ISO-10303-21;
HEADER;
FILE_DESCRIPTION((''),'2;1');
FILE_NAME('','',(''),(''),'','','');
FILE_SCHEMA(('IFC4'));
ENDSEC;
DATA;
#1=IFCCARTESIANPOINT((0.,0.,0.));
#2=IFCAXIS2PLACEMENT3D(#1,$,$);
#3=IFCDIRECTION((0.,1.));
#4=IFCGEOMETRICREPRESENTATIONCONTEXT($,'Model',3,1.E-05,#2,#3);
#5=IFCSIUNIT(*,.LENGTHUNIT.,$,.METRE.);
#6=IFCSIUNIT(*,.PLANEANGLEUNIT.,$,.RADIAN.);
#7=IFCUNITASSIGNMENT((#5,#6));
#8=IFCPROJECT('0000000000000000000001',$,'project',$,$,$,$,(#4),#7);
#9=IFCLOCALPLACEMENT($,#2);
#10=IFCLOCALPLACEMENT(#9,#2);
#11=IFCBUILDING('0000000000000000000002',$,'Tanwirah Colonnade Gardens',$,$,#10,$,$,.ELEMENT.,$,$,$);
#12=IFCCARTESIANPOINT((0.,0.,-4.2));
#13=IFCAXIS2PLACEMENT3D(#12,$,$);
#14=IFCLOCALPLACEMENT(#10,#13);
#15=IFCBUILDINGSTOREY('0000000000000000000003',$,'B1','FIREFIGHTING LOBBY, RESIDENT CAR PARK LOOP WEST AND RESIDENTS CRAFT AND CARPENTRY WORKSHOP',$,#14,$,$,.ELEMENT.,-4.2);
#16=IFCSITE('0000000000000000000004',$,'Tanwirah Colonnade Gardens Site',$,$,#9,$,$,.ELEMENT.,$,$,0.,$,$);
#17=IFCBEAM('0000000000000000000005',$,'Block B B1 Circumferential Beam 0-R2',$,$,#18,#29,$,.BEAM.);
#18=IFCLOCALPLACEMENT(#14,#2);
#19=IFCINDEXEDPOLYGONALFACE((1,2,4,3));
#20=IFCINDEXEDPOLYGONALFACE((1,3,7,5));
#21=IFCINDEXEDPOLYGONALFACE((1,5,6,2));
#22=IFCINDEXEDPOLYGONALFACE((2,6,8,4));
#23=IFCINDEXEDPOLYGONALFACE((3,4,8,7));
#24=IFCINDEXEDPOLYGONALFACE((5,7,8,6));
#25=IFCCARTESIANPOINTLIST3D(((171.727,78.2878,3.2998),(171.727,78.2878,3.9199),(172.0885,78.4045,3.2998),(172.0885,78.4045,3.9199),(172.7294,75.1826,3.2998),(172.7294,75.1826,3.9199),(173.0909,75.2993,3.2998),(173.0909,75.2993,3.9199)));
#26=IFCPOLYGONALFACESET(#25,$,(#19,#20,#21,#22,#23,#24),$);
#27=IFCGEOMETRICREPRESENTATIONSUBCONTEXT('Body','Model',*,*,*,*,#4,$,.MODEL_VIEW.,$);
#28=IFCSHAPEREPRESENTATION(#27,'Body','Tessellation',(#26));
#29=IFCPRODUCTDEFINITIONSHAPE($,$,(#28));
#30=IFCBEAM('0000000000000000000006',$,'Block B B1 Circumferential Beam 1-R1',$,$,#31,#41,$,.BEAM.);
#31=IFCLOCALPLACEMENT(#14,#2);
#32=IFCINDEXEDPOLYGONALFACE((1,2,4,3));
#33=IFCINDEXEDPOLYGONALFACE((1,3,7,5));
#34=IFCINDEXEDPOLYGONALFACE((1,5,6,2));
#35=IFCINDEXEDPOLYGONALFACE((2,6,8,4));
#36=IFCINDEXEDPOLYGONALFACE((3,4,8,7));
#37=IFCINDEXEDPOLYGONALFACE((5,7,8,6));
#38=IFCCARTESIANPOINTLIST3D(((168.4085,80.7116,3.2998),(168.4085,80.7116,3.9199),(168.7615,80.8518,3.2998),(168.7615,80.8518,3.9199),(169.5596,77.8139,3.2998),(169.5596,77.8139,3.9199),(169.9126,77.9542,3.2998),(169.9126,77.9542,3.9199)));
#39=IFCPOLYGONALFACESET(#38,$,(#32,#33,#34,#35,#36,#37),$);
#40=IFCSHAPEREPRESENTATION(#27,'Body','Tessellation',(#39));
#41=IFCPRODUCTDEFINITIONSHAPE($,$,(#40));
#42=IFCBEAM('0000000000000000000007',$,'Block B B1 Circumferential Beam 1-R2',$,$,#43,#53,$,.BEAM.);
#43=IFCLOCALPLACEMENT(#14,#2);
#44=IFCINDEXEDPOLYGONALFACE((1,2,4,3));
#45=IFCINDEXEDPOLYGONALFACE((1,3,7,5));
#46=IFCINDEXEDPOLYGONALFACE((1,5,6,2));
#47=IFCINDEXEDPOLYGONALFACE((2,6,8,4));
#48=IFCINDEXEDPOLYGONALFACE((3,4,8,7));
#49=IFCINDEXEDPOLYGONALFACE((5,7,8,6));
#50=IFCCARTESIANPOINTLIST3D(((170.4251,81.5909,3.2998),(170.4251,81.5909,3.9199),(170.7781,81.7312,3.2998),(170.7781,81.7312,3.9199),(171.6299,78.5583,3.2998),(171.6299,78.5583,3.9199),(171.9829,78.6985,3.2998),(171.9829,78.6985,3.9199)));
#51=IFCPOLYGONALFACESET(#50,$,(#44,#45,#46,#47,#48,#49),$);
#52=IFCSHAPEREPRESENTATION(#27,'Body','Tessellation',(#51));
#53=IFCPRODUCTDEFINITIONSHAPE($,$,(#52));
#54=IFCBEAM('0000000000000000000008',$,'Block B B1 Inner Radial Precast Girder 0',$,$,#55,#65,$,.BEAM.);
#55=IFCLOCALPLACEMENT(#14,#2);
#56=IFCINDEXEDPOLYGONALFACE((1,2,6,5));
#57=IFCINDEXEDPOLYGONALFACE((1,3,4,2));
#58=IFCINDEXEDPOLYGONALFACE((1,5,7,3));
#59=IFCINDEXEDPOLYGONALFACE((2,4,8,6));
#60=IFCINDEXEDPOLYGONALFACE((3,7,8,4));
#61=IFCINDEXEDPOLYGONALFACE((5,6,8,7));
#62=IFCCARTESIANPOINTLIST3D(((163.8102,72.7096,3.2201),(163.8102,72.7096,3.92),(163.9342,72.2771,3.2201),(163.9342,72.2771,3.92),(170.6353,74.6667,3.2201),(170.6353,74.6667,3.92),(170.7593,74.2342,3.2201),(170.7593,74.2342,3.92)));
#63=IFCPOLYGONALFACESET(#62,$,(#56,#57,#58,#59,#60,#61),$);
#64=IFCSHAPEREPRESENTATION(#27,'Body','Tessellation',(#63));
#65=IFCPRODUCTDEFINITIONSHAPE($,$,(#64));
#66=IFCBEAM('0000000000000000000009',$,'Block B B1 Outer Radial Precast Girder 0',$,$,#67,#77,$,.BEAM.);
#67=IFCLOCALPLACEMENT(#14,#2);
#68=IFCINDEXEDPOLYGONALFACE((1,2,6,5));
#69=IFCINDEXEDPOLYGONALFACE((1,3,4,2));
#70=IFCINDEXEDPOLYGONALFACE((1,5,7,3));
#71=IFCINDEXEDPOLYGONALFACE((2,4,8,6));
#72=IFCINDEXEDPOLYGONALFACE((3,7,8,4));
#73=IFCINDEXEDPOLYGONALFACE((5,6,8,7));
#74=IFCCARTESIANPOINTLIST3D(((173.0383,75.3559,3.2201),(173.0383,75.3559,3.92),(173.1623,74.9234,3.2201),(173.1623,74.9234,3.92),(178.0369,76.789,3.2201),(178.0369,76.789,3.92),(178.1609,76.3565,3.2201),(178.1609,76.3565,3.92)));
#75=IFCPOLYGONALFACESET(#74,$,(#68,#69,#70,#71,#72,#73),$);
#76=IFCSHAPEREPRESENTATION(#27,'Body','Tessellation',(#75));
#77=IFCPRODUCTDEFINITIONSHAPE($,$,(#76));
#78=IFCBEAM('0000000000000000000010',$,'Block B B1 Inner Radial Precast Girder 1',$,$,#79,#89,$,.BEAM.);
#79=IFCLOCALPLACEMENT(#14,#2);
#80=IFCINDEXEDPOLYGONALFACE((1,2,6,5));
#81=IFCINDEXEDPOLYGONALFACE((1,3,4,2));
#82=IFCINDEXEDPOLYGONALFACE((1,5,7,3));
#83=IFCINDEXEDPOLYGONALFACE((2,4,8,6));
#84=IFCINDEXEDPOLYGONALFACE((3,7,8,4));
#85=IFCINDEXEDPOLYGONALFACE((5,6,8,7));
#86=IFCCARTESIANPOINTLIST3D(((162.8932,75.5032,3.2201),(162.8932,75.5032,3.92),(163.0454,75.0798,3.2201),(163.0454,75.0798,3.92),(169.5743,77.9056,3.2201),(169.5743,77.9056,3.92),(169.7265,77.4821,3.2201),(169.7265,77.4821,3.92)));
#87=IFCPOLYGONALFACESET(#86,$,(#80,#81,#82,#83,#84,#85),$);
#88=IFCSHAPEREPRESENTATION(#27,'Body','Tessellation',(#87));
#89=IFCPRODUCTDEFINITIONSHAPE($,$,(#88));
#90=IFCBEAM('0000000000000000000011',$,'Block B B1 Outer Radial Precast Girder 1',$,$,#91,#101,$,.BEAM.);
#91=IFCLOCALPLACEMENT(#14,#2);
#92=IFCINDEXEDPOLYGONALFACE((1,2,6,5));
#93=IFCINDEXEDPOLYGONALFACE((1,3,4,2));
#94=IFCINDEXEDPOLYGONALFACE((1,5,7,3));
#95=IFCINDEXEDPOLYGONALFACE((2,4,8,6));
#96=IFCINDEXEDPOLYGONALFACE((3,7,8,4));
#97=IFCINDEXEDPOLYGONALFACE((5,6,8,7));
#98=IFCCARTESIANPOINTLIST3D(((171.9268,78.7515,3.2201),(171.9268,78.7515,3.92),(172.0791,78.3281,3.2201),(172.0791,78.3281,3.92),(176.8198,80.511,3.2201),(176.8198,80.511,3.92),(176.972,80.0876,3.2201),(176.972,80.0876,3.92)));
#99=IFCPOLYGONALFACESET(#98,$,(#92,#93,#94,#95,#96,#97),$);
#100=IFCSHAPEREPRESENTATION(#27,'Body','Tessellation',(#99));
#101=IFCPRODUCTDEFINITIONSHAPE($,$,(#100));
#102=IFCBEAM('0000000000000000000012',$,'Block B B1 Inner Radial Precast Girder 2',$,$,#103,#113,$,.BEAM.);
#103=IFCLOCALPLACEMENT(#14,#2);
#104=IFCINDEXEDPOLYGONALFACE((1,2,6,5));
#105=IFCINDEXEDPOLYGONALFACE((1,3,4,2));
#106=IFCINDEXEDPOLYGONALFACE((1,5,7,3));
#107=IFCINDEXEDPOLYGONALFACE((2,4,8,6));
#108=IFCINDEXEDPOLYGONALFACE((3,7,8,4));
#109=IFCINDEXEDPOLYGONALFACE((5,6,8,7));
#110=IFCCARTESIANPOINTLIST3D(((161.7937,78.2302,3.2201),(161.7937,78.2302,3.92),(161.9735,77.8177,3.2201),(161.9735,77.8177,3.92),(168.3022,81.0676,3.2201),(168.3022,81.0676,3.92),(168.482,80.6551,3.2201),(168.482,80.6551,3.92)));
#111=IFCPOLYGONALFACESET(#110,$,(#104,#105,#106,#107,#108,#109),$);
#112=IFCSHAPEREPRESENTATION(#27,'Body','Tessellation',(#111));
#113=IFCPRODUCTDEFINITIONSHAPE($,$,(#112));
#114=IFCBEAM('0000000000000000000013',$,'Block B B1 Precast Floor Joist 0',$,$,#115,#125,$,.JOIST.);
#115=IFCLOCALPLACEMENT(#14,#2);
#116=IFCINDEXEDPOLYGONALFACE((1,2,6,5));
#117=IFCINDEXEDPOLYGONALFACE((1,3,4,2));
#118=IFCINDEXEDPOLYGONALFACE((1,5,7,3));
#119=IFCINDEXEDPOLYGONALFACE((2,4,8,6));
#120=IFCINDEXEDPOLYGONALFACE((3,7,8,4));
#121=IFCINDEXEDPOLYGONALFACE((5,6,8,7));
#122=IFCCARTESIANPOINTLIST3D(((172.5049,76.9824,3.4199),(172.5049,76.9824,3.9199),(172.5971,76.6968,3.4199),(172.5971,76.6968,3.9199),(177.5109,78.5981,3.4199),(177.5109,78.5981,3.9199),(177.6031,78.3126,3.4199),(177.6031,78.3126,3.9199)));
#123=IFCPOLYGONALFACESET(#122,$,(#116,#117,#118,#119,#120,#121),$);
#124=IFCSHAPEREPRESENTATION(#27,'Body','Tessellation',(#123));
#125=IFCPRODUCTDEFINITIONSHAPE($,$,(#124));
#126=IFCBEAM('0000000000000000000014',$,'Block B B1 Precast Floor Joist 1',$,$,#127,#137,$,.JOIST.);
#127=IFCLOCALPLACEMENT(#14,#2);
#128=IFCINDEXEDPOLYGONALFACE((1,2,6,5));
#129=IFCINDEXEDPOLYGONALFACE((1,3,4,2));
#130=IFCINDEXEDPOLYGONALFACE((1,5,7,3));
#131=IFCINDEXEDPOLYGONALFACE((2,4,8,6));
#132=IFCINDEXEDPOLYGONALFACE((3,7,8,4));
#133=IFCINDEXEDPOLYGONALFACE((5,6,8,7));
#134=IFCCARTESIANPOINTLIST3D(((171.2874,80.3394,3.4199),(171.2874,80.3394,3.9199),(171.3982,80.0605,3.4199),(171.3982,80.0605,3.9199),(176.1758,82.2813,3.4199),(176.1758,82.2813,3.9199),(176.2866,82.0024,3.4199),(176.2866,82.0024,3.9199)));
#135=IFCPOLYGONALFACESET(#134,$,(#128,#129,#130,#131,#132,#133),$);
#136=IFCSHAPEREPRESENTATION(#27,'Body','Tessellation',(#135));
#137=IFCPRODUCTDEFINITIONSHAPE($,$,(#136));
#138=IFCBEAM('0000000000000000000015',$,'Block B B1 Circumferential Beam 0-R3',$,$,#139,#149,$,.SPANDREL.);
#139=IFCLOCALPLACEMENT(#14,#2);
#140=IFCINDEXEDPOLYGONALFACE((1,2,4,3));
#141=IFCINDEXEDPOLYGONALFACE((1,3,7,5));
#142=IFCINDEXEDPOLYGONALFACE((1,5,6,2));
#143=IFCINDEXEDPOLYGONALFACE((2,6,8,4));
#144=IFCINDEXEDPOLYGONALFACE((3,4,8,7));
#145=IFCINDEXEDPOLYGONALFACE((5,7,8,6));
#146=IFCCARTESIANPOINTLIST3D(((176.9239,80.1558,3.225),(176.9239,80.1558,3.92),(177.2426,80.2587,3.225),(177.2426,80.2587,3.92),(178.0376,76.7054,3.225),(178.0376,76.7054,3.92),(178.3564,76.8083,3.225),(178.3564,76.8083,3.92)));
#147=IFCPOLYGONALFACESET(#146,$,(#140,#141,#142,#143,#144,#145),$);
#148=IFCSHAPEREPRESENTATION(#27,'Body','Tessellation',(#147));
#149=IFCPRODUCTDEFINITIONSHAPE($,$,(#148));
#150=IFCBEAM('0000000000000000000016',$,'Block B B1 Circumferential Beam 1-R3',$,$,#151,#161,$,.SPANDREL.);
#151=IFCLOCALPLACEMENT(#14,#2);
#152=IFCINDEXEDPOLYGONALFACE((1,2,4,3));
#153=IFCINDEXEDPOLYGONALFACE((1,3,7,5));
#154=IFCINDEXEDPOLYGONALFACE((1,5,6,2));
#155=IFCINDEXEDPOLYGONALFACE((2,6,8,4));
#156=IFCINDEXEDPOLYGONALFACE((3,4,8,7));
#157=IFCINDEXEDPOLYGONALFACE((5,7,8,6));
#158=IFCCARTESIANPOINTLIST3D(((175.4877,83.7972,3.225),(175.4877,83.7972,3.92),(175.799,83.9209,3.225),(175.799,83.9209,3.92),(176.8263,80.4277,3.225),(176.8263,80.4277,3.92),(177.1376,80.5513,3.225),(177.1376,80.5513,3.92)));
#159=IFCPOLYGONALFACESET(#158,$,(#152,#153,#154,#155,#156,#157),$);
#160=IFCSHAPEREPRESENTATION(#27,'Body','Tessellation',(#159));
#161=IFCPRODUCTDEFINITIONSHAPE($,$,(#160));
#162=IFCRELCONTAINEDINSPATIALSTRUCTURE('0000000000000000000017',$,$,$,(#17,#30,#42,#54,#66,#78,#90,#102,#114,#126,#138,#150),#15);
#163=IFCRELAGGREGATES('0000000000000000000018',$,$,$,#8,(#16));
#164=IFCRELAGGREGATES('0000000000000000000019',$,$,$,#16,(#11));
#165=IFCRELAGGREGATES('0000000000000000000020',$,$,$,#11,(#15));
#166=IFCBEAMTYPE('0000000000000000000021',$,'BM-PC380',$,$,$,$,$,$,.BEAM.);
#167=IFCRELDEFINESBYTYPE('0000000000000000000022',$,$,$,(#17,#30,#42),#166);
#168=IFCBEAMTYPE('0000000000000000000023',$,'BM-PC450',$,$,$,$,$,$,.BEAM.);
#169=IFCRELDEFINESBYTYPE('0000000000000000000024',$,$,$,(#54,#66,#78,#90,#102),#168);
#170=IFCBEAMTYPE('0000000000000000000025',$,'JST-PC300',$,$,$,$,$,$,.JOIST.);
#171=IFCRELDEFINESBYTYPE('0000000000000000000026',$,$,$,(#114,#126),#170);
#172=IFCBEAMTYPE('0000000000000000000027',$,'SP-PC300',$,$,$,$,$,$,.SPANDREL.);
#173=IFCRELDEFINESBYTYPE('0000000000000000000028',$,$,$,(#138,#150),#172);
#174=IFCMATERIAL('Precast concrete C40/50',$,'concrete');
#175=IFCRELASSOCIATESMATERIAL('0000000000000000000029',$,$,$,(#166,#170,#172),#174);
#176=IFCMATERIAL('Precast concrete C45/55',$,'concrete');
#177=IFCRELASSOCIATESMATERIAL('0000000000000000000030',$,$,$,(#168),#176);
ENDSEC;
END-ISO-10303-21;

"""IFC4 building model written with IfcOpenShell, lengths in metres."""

from ifc_helpers import new_model, si_unit, direction, frame, origin, origin_2d, place, context, subcontext, project, spatial, rectangle, extrude, material, material_profile, profile_set, type_object, element, save


model = new_model("IFC4")

# Units and contexts
model_context = context("Model", 3, precision=1e-05, world=origin(), true_north=direction((0.0, 1.0)))
body_context = subcontext(model_context, "Body", "Model", "MODEL_VIEW")
ifc_project = project(units=[si_unit("LENGTHUNIT", "METRE"), si_unit("PLANEANGLEUNIT", "RADIAN")], contexts=[model_context])

# Site, building, storey
site_placement = place(None, origin())
site = spatial("IfcSite", under=ifc_project, at=site_placement, Name="Tanwirah Colonnade Gardens Site", CompositionType="ELEMENT", RefElevation=0.0)
building_placement = place(site_placement, origin())
building = spatial("IfcBuilding", under=site, at=building_placement, Name="Tanwirah Colonnade Gardens", CompositionType="ELEMENT")
storey_placement = place(building_placement, frame((0.0, 0.0, -4.2)))
storey = spatial("IfcBuildingStorey", under=building, at=storey_placement, Name="B1", Description="FIREFIGHTING LOBBY, RESIDENT CAR PARK LOOP WEST AND RESIDENTS CRAFT AND CARPENTRY WORKSHOP", CompositionType="ELEMENT", Elevation=-4.2)

# Beams
ifc_material_1 = material(Name="Precast concrete C40/50", Category="concrete")
ifc_material_profile_1 = material_profile(ifc_material_1, rectangle(XDim=0.3799, YDim=0.6201, at=origin_2d()), Name="PC-BM 380x620")
ifc_profile_set_1 = profile_set([ifc_material_profile_1], Name="Precast concrete C40/50")
beam_type_1 = type_object("IfcBeamType", Name="BM-PC380", PredefinedType="BEAM", material=ifc_profile_set_1)
beam_1_placement = place(storey_placement, frame((172.9102, 75.241, 3.6099), z_axis=(-0.307213, 0.951641, 0.0), x_axis=(-0.951641, -0.307213, 0.0)))
element("IfcBeam", 1, at=beam_1_placement, inside=storey, type_object=beam_type_1, Name="Block B B1 Circumferential Beam 0-R2", PredefinedType="BEAM", context=body_context, shape_type="SweptSolid", body=[
    extrude(rectangle(XDim=0.3799, YDim=0.6201, at=origin_2d()), origin(), (0.0, 0.0, 1.0), 3.2629),
])
beam_2_placement = place(storey_placement, frame((169.7361, 77.884, 3.6099), z_axis=(-0.369189, 0.929354, 0.0), x_axis=(-0.929354, -0.369189, 0.0)))
element("IfcBeam", 2, at=beam_2_placement, inside=storey, type_object=beam_type_1, Name="Block B B1 Circumferential Beam 1-R1", PredefinedType="BEAM", context=body_context, shape_type="SweptSolid", body=[
    extrude(rectangle(XDim=0.3799, YDim=0.6201, at=origin_2d()), origin(), (0.0, 0.0, 1.0), 3.1179),
])
beam_3_placement = place(storey_placement, frame((171.8064, 78.6284, 3.6099), z_axis=(-0.36921, 0.929346, 0.0), x_axis=(-0.929346, -0.36921, 0.0)))
element("IfcBeam", 3, at=beam_3_placement, inside=storey, type_object=beam_type_1, Name="Block B B1 Circumferential Beam 1-R2", PredefinedType="BEAM", context=body_context, shape_type="SweptSolid", body=[
    extrude(rectangle(XDim=0.3799, YDim=0.6201, at=origin_2d()), origin(), (0.0, 0.0, 1.0), 3.2632),
])
ifc_material_2 = material(Name="Precast concrete C45/55", Category="concrete")
ifc_material_profile_2 = material_profile(ifc_material_2, rectangle(XDim=0.45, YDim=0.7, at=origin_2d()), Name="PC-BM 450x700")
ifc_profile_set_2 = profile_set([ifc_material_profile_2], Name="Precast concrete C45/55")
beam_type_2 = type_object("IfcBeamType", Name="BM-PC450", PredefinedType="BEAM", material=ifc_profile_set_2)
beam_4_placement = place(storey_placement, frame((170.6973, 74.4504, 3.5701), z_axis=(-0.961261, -0.275638, 0.0), x_axis=(0.275638, -0.961261, 0.0)))
element("IfcBeam", 4, at=beam_4_placement, inside=storey, type_object=beam_type_2, Name="Block B B1 Inner Radial Precast Girder 0", PredefinedType="BEAM", context=body_context, shape_type="SweptSolid", body=[
    extrude(rectangle(XDim=0.45, YDim=0.7, at=origin_2d()), origin(), (0.0, 0.0, 1.0), 7.1001),
])
beam_5_placement = place(storey_placement, frame((173.1003, 75.1396, 3.5701), z_axis=(0.961272, 0.275602, 0.0), x_axis=(-0.275602, 0.961272, 0.0)))
element("IfcBeam", 5, at=beam_5_placement, inside=storey, type_object=beam_type_2, Name="Block B B1 Outer Radial Precast Girder 0", PredefinedType="BEAM", context=body_context, shape_type="SweptSolid", body=[
    extrude(rectangle(XDim=0.45, YDim=0.7, at=origin_2d()), origin(), (0.0, 0.0, 1.0), 5.2),
])
beam_6_placement = place(storey_placement, frame((169.6504, 77.6938, 3.5701), z_axis=(-0.941016, -0.338361, 0.0), x_axis=(0.338361, -0.941016, 0.0)))
element("IfcBeam", 6, at=beam_6_placement, inside=storey, type_object=beam_type_2, Name="Block B B1 Inner Radial Precast Girder 1", PredefinedType="BEAM", context=body_context, shape_type="SweptSolid", body=[
    extrude(rectangle(XDim=0.45, YDim=0.7, at=origin_2d()), origin(), (0.0, 0.0, 1.0), 7.0999),
])
beam_7_placement = place(storey_placement, frame((172.0029, 78.5398, 3.5701), z_axis=(0.941009, 0.338382, 0.0), x_axis=(-0.338382, 0.941009, 0.0)))
element("IfcBeam", 7, at=beam_7_placement, inside=storey, type_object=beam_type_2, Name="Block B B1 Outer Radial Precast Girder 1", PredefinedType="BEAM", context=body_context, shape_type="SweptSolid", body=[
    extrude(rectangle(XDim=0.45, YDim=0.7, at=origin_2d()), origin(), (0.0, 0.0, 1.0), 5.1997),
])
beam_8_placement = place(storey_placement, frame((168.3921, 80.8613, 3.5701), z_axis=(-0.916678, -0.399626, 0.0), x_axis=(0.399626, -0.916678, 0.0)))
element("IfcBeam", 8, at=beam_8_placement, inside=storey, type_object=beam_type_2, Name="Block B B1 Inner Radial Precast Girder 2", PredefinedType="BEAM", context=body_context, shape_type="SweptSolid", body=[
    extrude(rectangle(XDim=0.45, YDim=0.7, at=origin_2d()), origin(), (0.0, 0.0, 1.0), 7.1001),
])
ifc_material_profile_3 = material_profile(ifc_material_1, rectangle(XDim=0.3, YDim=0.5, at=origin_2d()), Name="PC-JST 300x500")
ifc_profile_set_3 = profile_set([ifc_material_profile_3], Name="Precast concrete C40/50")
beam_type_3 = type_object("IfcBeamType", Name="JST-PC300", PredefinedType="JOIST", material=ifc_profile_set_3)
beam_9_placement = place(storey_placement, frame((172.551, 76.8396, 3.6699), z_axis=(0.951657, 0.307163, 0.0), x_axis=(-0.307163, 0.951657, 0.0)))
element("IfcBeam", 9, at=beam_9_placement, inside=storey, type_object=beam_type_3, Name="Block B B1 Precast Floor Joist 0", PredefinedType="JOIST", context=body_context, shape_type="SweptSolid", body=[
    extrude(rectangle(XDim=0.3, YDim=0.5, at=origin_2d()), origin(), (0.0, 0.0, 1.0), 5.2603),
])
beam_10_placement = place(storey_placement, frame((171.3428, 80.2, 3.6699), z_axis=(0.929358, 0.369181, 0.0), x_axis=(-0.369181, 0.929358, 0.0)))
element("IfcBeam", 10, at=beam_10_placement, inside=storey, type_object=beam_type_3, Name="Block B B1 Precast Floor Joist 1", PredefinedType="JOIST", context=body_context, shape_type="SweptSolid", body=[
    extrude(rectangle(XDim=0.3, YDim=0.5, at=origin_2d()), origin(), (0.0, 0.0, 1.0), 5.26),
])
ifc_material_profile_4 = material_profile(ifc_material_1, rectangle(XDim=0.335, YDim=0.6951, at=origin_2d()), Name="PC-SP 335x695")
ifc_profile_set_4 = profile_set([ifc_material_profile_4], Name="Precast concrete C40/50")
beam_type_4 = type_object("IfcBeamType", Name="SP-PC300", PredefinedType="SPANDREL", material=ifc_profile_set_4)
for number, where, z_axis, x_axis, name in (
    (11, (178.197, 76.7568, 3.5725), (-0.307184, 0.95165, 0.0), (-0.95165, -0.307184, 0.0), "Block B B1 Circumferential Beam 0-R3"),
    (12, (176.9819, 80.4895, 3.5725), (-0.369195, 0.929352, 0.0), (-0.929352, -0.369195, 0.0), "Block B B1 Circumferential Beam 1-R3"),
):
    element("IfcBeam", number, at=place(storey_placement, frame(where, z_axis=z_axis, x_axis=x_axis)), inside=storey, type_object=beam_type_4, Name=name, PredefinedType="SPANDREL", context=body_context, shape_type="SweptSolid", body=[
        extrude(rectangle(XDim=0.335, YDim=0.6951, at=origin_2d()), origin(), (0.0, 0.0, 1.0), 3.6257),
    ])

save(model, "model.ifc")
